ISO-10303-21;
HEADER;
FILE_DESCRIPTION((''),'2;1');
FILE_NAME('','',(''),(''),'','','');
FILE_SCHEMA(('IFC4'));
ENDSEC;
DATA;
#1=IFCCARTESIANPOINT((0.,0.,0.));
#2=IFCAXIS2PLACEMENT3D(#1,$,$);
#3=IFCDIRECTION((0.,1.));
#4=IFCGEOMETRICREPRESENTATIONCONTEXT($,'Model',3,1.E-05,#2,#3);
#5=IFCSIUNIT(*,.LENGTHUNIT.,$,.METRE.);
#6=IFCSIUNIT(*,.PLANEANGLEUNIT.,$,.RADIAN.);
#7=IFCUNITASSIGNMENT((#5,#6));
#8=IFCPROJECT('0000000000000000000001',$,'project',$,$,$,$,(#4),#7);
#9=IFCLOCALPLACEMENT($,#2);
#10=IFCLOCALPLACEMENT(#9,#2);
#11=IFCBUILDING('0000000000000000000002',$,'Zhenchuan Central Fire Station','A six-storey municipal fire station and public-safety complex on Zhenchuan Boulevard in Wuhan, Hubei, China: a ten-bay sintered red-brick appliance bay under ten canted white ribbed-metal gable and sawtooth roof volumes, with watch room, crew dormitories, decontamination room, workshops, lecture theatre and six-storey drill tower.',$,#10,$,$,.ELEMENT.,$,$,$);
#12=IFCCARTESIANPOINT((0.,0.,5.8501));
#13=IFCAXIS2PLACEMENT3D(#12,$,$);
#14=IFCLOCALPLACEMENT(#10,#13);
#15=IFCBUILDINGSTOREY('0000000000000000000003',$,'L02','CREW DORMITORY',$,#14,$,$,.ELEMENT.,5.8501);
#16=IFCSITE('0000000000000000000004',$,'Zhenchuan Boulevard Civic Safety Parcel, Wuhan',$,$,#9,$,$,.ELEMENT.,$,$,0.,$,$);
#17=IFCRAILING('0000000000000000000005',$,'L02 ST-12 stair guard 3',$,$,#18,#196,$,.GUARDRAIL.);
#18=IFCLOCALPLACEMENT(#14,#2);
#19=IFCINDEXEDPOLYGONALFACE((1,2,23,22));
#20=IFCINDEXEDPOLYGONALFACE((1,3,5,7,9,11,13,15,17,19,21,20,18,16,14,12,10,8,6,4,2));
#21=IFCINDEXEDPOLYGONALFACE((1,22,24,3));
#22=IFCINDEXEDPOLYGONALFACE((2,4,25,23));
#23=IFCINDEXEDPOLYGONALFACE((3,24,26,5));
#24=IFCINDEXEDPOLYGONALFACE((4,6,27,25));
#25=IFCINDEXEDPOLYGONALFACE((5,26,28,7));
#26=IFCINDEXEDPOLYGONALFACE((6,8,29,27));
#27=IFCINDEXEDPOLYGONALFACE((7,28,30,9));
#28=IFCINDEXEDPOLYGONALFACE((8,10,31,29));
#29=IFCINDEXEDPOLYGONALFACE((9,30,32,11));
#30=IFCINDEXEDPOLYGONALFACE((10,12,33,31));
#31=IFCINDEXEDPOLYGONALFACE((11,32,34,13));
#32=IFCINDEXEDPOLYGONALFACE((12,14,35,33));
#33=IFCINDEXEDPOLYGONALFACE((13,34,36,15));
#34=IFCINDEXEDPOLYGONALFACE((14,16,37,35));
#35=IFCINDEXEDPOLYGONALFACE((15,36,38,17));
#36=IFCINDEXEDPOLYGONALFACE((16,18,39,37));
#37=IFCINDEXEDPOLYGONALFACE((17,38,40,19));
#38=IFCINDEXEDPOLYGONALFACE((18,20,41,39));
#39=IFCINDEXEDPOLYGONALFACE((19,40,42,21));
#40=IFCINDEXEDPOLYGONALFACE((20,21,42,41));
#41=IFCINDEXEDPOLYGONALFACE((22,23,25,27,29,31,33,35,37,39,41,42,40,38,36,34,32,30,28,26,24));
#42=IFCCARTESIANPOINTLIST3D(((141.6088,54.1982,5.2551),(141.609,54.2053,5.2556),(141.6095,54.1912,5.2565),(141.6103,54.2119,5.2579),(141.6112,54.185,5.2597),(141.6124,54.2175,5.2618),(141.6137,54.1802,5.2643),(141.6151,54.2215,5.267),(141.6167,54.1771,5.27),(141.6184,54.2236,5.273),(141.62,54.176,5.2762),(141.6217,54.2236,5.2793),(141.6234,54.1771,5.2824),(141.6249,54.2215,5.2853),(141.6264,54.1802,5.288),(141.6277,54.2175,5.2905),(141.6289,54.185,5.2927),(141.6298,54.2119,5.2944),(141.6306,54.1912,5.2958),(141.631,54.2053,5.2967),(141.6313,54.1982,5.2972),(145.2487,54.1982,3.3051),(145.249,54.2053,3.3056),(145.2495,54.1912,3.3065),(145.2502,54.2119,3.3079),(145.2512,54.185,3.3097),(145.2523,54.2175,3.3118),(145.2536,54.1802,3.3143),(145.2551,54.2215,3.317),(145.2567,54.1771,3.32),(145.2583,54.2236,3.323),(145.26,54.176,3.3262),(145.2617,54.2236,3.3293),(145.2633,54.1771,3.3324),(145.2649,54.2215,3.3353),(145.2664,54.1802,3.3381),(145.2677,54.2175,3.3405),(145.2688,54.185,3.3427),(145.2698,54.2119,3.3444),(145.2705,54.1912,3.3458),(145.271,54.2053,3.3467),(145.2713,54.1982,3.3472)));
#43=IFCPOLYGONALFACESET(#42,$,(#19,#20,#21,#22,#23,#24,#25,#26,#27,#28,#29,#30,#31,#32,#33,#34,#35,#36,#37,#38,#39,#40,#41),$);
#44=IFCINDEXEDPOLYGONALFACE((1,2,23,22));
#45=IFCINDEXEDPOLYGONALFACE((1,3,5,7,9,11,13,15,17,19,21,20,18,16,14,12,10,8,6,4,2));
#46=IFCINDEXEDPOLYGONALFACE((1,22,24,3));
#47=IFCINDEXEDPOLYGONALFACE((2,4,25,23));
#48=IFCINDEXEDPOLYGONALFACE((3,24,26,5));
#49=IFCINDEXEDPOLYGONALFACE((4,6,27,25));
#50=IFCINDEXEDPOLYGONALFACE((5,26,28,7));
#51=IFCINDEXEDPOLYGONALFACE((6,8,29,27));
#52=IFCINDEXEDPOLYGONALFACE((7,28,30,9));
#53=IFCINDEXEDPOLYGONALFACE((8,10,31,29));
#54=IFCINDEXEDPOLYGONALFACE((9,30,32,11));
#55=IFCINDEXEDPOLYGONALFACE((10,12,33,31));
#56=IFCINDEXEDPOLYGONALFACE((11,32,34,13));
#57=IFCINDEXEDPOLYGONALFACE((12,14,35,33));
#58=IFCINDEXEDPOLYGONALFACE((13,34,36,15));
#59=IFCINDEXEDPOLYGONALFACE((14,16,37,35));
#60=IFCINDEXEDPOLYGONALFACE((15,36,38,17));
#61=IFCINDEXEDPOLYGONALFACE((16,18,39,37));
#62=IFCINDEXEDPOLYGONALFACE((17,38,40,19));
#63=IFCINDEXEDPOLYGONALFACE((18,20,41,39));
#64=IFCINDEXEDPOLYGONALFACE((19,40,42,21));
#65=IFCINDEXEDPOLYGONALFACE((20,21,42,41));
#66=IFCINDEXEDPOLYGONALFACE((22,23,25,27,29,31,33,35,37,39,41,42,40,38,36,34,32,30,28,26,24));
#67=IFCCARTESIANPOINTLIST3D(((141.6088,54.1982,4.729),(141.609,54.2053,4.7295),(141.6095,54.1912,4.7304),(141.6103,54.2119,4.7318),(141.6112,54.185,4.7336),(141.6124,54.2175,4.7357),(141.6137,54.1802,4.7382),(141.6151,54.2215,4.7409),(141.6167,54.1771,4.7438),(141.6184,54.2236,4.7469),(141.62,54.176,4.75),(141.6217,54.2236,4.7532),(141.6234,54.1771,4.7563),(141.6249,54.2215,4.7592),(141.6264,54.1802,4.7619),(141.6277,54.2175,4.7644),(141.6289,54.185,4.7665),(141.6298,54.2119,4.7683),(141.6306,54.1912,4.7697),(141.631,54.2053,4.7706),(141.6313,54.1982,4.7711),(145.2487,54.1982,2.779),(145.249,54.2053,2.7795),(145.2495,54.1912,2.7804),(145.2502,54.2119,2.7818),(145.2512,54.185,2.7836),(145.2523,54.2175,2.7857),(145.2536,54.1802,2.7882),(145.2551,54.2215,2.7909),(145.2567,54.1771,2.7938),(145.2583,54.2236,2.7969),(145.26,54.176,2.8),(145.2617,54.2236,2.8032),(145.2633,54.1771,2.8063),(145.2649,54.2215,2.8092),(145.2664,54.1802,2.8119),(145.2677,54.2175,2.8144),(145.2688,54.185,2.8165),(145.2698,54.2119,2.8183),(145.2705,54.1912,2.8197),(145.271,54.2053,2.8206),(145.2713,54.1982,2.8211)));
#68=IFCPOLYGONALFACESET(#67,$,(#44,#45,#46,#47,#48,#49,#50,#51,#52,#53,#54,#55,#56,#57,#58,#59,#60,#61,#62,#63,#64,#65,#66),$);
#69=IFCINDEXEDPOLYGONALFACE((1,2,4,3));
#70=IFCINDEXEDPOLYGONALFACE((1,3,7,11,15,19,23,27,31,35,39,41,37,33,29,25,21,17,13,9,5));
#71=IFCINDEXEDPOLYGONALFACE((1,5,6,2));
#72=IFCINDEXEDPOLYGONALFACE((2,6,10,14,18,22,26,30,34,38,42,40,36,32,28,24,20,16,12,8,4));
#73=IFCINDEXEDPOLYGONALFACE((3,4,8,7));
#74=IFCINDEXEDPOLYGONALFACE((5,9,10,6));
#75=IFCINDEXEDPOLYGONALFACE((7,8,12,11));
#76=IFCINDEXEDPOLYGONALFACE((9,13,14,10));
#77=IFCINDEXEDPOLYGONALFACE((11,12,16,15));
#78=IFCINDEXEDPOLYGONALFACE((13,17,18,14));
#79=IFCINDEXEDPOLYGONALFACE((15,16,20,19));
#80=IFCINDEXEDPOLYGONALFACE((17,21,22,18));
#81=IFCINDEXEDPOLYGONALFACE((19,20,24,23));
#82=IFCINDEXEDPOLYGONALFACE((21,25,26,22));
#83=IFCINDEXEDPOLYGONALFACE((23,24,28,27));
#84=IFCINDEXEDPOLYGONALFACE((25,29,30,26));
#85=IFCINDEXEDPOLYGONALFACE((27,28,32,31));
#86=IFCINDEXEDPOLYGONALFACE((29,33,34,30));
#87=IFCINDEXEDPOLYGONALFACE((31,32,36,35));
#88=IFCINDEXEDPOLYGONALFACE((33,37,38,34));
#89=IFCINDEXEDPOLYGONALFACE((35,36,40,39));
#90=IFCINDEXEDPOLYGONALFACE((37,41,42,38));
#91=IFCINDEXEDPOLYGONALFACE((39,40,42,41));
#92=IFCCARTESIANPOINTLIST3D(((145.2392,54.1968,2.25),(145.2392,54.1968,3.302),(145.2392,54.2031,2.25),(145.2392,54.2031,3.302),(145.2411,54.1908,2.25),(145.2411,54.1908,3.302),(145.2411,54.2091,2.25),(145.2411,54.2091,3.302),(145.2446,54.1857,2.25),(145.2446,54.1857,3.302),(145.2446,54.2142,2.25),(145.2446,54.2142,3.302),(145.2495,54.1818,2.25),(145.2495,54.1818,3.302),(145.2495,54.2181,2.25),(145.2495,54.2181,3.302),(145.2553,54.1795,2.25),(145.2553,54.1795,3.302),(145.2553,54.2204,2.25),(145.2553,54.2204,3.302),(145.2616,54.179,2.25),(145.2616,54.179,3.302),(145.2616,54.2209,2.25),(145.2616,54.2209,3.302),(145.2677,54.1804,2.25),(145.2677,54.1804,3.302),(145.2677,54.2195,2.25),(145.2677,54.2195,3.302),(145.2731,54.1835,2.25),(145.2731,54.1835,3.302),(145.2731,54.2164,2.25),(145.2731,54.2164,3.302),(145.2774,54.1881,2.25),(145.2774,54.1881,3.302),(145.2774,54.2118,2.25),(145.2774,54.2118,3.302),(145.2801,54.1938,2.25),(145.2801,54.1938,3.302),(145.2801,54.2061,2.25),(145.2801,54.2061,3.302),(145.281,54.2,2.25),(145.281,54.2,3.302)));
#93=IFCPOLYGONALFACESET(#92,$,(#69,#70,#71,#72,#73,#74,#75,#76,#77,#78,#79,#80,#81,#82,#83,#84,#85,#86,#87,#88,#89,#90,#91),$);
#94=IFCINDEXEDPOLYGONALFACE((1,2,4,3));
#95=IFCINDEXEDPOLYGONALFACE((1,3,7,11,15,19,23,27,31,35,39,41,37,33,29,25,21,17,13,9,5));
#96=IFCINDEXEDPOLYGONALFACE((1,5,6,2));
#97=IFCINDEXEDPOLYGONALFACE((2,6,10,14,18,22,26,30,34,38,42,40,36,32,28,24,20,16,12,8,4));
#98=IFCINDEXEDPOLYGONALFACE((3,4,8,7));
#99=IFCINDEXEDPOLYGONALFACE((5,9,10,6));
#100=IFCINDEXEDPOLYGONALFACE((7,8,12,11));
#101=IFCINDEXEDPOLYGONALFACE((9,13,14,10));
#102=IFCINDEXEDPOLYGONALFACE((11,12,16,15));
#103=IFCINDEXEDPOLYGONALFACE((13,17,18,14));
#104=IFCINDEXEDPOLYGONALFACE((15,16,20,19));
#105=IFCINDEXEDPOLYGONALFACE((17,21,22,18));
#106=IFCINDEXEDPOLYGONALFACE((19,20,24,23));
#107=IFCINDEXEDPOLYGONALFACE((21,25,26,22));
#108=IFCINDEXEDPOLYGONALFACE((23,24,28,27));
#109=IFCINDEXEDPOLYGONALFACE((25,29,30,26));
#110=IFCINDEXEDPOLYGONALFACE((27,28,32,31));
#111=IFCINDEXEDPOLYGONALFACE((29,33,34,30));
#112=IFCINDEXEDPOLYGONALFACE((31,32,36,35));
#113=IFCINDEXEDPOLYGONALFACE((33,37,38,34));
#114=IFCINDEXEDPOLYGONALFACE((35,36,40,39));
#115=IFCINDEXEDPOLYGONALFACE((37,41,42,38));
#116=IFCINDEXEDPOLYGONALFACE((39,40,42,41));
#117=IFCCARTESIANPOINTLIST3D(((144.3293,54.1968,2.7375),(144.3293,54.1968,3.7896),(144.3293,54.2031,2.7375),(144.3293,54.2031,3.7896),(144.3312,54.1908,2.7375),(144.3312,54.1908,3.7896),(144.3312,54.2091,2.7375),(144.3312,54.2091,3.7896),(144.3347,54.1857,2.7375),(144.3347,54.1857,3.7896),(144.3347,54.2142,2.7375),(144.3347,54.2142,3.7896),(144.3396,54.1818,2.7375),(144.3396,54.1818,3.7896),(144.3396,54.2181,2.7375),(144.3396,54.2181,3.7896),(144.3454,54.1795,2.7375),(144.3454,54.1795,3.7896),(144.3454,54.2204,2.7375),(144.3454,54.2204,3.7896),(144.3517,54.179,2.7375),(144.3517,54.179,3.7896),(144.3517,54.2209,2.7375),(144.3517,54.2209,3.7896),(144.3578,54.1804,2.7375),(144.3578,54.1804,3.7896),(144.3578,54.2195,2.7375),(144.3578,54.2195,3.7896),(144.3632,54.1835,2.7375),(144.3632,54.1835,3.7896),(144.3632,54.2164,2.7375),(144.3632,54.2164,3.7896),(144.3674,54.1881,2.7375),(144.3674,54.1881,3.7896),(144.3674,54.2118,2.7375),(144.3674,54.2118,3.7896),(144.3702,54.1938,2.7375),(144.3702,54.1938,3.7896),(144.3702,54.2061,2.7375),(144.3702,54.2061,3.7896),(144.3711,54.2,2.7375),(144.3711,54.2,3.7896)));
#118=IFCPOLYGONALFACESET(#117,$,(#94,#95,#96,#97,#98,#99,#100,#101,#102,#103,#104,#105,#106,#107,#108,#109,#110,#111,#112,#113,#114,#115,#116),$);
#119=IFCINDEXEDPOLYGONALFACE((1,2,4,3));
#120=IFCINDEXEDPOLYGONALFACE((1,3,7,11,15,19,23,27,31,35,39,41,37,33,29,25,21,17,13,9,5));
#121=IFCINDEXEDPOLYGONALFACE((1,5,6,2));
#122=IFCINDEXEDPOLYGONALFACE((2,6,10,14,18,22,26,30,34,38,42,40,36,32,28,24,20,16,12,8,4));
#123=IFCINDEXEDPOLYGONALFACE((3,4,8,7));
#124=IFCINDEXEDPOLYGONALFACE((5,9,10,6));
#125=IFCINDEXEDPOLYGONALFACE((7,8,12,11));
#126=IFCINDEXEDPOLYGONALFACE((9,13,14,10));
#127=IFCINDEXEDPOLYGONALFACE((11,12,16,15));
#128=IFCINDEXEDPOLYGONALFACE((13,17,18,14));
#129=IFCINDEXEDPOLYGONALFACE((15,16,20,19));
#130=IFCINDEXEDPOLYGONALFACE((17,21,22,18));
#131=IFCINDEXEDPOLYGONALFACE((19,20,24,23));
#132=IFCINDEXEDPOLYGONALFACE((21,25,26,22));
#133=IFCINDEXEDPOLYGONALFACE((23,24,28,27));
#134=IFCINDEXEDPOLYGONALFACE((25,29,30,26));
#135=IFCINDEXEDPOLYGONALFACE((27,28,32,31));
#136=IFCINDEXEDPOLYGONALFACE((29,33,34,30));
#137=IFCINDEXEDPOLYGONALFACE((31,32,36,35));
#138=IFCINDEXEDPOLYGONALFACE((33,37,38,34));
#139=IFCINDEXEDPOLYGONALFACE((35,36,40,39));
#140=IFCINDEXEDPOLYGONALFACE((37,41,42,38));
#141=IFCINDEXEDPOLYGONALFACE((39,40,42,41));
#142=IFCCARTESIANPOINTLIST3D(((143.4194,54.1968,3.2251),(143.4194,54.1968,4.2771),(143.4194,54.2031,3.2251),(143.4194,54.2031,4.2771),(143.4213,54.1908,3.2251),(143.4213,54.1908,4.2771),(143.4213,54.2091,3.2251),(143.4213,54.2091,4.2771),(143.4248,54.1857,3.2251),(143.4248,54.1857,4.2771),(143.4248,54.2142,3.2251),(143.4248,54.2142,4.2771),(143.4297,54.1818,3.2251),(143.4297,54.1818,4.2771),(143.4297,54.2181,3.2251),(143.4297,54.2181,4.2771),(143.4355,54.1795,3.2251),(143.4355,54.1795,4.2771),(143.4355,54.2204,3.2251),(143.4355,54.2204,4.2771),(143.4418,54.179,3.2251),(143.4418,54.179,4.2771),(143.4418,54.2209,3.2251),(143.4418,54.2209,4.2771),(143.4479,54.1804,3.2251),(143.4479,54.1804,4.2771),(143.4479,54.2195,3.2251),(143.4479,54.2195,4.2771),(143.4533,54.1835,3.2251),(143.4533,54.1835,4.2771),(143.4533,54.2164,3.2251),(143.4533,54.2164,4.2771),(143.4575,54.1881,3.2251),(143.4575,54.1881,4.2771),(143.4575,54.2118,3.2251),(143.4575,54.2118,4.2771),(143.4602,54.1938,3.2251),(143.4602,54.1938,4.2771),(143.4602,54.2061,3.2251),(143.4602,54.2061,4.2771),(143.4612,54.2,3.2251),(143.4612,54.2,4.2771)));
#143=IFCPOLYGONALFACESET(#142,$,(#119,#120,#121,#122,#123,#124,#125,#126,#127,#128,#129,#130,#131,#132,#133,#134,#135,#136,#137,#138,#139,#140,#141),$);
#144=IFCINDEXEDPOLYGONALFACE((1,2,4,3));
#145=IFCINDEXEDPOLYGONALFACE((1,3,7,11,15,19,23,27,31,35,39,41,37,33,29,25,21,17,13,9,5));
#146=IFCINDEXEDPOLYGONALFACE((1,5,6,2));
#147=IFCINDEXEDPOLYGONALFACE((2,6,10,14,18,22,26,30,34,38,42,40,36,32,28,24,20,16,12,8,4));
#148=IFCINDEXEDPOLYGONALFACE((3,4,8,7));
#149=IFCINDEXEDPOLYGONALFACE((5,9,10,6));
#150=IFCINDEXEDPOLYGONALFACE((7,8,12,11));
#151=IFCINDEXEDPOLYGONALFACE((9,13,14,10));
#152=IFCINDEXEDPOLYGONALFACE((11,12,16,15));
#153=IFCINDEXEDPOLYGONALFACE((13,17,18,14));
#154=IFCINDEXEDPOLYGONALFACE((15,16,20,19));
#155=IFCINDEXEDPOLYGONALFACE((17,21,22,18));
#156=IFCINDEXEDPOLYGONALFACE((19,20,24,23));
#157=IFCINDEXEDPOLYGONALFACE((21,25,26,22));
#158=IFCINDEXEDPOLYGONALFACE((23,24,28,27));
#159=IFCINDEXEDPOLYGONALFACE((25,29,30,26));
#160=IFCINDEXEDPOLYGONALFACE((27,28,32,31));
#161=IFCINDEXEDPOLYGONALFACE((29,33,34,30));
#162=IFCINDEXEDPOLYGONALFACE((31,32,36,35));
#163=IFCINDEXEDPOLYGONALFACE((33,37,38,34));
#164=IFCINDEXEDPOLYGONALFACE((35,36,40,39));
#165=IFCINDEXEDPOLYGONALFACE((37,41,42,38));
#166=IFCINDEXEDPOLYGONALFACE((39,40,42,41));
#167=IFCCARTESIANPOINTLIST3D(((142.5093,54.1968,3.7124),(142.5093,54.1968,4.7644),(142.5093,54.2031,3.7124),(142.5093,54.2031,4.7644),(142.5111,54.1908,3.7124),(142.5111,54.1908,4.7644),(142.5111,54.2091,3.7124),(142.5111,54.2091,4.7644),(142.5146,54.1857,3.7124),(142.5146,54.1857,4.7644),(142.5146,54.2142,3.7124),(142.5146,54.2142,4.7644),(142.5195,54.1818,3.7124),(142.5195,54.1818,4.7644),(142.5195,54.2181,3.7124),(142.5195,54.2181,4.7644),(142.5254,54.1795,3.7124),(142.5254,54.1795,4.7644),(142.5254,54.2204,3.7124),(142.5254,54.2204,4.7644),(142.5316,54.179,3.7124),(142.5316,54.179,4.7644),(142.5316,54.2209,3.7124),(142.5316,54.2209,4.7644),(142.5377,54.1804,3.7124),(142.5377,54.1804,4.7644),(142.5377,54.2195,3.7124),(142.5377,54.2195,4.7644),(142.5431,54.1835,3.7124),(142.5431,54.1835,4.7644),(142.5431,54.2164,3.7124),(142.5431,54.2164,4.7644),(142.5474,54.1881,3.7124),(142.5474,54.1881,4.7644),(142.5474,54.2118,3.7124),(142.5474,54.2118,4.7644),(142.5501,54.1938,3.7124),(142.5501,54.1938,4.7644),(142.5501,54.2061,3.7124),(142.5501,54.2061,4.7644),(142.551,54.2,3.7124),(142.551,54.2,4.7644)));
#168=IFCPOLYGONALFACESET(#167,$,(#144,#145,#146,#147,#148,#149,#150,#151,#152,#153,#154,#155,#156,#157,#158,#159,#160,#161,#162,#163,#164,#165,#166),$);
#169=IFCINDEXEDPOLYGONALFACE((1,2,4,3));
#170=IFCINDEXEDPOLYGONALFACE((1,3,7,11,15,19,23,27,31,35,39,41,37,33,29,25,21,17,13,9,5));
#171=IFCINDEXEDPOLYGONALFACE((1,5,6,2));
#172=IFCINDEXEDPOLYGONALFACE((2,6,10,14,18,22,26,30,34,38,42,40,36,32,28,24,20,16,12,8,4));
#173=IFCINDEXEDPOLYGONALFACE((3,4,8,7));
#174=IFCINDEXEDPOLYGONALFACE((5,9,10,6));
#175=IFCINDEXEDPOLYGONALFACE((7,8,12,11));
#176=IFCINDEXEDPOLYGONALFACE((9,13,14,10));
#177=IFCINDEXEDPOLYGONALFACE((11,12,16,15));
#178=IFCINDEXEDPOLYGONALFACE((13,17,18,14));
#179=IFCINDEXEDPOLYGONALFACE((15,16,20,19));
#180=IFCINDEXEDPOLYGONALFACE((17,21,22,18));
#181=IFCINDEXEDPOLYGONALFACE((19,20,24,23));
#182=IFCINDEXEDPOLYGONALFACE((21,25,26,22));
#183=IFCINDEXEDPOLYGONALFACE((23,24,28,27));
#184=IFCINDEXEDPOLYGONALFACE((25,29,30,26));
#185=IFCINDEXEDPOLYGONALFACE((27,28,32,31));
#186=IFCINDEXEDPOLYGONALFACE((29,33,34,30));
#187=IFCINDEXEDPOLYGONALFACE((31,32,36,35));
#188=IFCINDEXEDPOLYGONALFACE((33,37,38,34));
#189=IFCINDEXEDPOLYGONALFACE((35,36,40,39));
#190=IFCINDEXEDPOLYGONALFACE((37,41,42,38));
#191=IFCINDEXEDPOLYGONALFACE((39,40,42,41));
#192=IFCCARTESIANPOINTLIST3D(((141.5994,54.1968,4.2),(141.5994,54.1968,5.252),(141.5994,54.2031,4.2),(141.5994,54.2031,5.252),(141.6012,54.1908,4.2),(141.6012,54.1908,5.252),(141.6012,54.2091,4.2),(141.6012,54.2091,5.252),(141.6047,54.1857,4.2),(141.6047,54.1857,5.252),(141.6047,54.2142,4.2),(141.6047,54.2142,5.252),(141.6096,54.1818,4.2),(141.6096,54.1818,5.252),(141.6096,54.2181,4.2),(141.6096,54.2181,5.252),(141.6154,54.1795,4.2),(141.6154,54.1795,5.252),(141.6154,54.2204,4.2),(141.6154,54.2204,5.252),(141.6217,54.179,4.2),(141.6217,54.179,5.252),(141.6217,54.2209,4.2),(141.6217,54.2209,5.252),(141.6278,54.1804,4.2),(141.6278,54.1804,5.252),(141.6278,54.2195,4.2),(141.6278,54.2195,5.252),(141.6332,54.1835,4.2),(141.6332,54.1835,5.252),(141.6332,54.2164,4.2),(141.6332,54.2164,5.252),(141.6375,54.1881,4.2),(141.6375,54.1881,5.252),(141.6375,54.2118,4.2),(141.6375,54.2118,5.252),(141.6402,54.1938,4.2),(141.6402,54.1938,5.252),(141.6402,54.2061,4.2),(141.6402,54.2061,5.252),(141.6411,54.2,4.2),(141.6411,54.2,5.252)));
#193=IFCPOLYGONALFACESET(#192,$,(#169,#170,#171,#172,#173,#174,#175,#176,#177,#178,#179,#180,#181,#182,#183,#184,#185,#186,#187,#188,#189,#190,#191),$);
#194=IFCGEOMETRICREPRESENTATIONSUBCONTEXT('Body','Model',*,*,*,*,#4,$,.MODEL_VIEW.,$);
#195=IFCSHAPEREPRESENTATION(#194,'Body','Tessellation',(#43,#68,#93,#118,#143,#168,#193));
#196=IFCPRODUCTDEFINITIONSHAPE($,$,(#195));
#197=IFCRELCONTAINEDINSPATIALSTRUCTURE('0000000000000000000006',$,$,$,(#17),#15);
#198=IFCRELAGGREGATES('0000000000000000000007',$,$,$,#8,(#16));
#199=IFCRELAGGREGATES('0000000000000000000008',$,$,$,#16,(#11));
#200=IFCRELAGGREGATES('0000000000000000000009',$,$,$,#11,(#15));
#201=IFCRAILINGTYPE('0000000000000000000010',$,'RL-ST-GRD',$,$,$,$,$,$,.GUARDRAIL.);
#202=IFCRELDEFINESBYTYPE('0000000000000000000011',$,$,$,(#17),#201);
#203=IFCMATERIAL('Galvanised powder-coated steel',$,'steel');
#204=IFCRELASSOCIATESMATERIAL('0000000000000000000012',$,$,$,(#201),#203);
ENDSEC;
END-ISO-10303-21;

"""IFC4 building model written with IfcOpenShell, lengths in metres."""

from ifc_helpers import new_model, si_unit, direction, frame, origin, origin_2d, place, context, subcontext, project, spatial, circle, extrude, material, type_object, element, save


model = new_model("IFC4")

# Units and contexts
model_context = context("Model", 3, precision=1e-05, world=origin(), true_north=direction((0.0, 1.0)))
body_context = subcontext(model_context, "Body", "Model", "MODEL_VIEW")
ifc_project = project(units=[si_unit("LENGTHUNIT", "METRE"), si_unit("PLANEANGLEUNIT", "RADIAN")], contexts=[model_context])

# Site, building, storey
site_placement = place(None, origin())
site = spatial("IfcSite", under=ifc_project, at=site_placement, Name="Zhenchuan Boulevard Civic Safety Parcel, Wuhan", CompositionType="ELEMENT", RefElevation=0.0)
building_placement = place(site_placement, origin())
building = spatial("IfcBuilding", under=site, at=building_placement, Name="Zhenchuan Central Fire Station", Description="A six-storey municipal fire station and public-safety complex on Zhenchuan Boulevard in Wuhan, Hubei, China: a ten-bay sintered red-brick appliance bay under ten canted white ribbed-metal gable and sawtooth roof volumes, with watch room, crew dormitories, decontamination room, workshops, lecture theatre and six-storey drill tower.", CompositionType="ELEMENT")
storey_placement = place(building_placement, frame((0.0, 0.0, 5.8501)))
storey = spatial("IfcBuildingStorey", under=building, at=storey_placement, Name="L02", Description="CREW DORMITORY", CompositionType="ELEMENT", Elevation=5.8501)

# Railing
ifc_material_1 = material(Name="Galvanised powder-coated steel", Category="steel")
railing_type_1 = type_object("IfcRailingType", Name="RL-ST-GRD", PredefinedType="GUARDRAIL", material=ifc_material_1)
railing_1_placement = place(storey_placement, frame((145.26, 54.2, 2.25)))
element("IfcRailing", 1, at=railing_1_placement, inside=storey, type_object=railing_type_1, Name="L02 ST-12 stair guard 3", PredefinedType="GUARDRAIL", context=body_context, shape_type="SweptSolid", body=[
    extrude(circle(Radius=0.0239, at=origin_2d()), frame((0.0, 0.0, 1.0762), z_axis=(-0.881479, 0.0, 0.472223), x_axis=(0.0, -1.0, 0.0)), (0.0, 0.0, 1.0), 4.1294),
    extrude(circle(Radius=0.0239, at=origin_2d()), frame((0.0, 0.0, 0.55), z_axis=(-0.881479, 0.0, 0.472223), x_axis=(0.0, -1.0, 0.0)), (0.0, 0.0, 1.0), 4.1294),
    extrude(circle(Radius=0.021, at=origin_2d()), origin(), (0.0, 0.0, 1.0), 1.052),
    extrude(circle(Radius=0.021, at=origin_2d()), frame((-0.9099, 0.0, 0.4875)), (0.0, 0.0, 1.0), 1.052),
    extrude(circle(Radius=0.021, at=origin_2d()), frame((-1.8198, 0.0, 0.9751)), (0.0, 0.0, 1.0), 1.052),
    extrude(circle(Radius=0.021, at=origin_2d()), frame((-2.73, 0.0, 1.4624)), (0.0, 0.0, 1.0), 1.052),
    extrude(circle(Radius=0.021, at=origin_2d()), frame((-3.6399, 0.0, 1.95)), (0.0, 0.0, 1.0), 1.052),
])

save(model, "model.ifc")
